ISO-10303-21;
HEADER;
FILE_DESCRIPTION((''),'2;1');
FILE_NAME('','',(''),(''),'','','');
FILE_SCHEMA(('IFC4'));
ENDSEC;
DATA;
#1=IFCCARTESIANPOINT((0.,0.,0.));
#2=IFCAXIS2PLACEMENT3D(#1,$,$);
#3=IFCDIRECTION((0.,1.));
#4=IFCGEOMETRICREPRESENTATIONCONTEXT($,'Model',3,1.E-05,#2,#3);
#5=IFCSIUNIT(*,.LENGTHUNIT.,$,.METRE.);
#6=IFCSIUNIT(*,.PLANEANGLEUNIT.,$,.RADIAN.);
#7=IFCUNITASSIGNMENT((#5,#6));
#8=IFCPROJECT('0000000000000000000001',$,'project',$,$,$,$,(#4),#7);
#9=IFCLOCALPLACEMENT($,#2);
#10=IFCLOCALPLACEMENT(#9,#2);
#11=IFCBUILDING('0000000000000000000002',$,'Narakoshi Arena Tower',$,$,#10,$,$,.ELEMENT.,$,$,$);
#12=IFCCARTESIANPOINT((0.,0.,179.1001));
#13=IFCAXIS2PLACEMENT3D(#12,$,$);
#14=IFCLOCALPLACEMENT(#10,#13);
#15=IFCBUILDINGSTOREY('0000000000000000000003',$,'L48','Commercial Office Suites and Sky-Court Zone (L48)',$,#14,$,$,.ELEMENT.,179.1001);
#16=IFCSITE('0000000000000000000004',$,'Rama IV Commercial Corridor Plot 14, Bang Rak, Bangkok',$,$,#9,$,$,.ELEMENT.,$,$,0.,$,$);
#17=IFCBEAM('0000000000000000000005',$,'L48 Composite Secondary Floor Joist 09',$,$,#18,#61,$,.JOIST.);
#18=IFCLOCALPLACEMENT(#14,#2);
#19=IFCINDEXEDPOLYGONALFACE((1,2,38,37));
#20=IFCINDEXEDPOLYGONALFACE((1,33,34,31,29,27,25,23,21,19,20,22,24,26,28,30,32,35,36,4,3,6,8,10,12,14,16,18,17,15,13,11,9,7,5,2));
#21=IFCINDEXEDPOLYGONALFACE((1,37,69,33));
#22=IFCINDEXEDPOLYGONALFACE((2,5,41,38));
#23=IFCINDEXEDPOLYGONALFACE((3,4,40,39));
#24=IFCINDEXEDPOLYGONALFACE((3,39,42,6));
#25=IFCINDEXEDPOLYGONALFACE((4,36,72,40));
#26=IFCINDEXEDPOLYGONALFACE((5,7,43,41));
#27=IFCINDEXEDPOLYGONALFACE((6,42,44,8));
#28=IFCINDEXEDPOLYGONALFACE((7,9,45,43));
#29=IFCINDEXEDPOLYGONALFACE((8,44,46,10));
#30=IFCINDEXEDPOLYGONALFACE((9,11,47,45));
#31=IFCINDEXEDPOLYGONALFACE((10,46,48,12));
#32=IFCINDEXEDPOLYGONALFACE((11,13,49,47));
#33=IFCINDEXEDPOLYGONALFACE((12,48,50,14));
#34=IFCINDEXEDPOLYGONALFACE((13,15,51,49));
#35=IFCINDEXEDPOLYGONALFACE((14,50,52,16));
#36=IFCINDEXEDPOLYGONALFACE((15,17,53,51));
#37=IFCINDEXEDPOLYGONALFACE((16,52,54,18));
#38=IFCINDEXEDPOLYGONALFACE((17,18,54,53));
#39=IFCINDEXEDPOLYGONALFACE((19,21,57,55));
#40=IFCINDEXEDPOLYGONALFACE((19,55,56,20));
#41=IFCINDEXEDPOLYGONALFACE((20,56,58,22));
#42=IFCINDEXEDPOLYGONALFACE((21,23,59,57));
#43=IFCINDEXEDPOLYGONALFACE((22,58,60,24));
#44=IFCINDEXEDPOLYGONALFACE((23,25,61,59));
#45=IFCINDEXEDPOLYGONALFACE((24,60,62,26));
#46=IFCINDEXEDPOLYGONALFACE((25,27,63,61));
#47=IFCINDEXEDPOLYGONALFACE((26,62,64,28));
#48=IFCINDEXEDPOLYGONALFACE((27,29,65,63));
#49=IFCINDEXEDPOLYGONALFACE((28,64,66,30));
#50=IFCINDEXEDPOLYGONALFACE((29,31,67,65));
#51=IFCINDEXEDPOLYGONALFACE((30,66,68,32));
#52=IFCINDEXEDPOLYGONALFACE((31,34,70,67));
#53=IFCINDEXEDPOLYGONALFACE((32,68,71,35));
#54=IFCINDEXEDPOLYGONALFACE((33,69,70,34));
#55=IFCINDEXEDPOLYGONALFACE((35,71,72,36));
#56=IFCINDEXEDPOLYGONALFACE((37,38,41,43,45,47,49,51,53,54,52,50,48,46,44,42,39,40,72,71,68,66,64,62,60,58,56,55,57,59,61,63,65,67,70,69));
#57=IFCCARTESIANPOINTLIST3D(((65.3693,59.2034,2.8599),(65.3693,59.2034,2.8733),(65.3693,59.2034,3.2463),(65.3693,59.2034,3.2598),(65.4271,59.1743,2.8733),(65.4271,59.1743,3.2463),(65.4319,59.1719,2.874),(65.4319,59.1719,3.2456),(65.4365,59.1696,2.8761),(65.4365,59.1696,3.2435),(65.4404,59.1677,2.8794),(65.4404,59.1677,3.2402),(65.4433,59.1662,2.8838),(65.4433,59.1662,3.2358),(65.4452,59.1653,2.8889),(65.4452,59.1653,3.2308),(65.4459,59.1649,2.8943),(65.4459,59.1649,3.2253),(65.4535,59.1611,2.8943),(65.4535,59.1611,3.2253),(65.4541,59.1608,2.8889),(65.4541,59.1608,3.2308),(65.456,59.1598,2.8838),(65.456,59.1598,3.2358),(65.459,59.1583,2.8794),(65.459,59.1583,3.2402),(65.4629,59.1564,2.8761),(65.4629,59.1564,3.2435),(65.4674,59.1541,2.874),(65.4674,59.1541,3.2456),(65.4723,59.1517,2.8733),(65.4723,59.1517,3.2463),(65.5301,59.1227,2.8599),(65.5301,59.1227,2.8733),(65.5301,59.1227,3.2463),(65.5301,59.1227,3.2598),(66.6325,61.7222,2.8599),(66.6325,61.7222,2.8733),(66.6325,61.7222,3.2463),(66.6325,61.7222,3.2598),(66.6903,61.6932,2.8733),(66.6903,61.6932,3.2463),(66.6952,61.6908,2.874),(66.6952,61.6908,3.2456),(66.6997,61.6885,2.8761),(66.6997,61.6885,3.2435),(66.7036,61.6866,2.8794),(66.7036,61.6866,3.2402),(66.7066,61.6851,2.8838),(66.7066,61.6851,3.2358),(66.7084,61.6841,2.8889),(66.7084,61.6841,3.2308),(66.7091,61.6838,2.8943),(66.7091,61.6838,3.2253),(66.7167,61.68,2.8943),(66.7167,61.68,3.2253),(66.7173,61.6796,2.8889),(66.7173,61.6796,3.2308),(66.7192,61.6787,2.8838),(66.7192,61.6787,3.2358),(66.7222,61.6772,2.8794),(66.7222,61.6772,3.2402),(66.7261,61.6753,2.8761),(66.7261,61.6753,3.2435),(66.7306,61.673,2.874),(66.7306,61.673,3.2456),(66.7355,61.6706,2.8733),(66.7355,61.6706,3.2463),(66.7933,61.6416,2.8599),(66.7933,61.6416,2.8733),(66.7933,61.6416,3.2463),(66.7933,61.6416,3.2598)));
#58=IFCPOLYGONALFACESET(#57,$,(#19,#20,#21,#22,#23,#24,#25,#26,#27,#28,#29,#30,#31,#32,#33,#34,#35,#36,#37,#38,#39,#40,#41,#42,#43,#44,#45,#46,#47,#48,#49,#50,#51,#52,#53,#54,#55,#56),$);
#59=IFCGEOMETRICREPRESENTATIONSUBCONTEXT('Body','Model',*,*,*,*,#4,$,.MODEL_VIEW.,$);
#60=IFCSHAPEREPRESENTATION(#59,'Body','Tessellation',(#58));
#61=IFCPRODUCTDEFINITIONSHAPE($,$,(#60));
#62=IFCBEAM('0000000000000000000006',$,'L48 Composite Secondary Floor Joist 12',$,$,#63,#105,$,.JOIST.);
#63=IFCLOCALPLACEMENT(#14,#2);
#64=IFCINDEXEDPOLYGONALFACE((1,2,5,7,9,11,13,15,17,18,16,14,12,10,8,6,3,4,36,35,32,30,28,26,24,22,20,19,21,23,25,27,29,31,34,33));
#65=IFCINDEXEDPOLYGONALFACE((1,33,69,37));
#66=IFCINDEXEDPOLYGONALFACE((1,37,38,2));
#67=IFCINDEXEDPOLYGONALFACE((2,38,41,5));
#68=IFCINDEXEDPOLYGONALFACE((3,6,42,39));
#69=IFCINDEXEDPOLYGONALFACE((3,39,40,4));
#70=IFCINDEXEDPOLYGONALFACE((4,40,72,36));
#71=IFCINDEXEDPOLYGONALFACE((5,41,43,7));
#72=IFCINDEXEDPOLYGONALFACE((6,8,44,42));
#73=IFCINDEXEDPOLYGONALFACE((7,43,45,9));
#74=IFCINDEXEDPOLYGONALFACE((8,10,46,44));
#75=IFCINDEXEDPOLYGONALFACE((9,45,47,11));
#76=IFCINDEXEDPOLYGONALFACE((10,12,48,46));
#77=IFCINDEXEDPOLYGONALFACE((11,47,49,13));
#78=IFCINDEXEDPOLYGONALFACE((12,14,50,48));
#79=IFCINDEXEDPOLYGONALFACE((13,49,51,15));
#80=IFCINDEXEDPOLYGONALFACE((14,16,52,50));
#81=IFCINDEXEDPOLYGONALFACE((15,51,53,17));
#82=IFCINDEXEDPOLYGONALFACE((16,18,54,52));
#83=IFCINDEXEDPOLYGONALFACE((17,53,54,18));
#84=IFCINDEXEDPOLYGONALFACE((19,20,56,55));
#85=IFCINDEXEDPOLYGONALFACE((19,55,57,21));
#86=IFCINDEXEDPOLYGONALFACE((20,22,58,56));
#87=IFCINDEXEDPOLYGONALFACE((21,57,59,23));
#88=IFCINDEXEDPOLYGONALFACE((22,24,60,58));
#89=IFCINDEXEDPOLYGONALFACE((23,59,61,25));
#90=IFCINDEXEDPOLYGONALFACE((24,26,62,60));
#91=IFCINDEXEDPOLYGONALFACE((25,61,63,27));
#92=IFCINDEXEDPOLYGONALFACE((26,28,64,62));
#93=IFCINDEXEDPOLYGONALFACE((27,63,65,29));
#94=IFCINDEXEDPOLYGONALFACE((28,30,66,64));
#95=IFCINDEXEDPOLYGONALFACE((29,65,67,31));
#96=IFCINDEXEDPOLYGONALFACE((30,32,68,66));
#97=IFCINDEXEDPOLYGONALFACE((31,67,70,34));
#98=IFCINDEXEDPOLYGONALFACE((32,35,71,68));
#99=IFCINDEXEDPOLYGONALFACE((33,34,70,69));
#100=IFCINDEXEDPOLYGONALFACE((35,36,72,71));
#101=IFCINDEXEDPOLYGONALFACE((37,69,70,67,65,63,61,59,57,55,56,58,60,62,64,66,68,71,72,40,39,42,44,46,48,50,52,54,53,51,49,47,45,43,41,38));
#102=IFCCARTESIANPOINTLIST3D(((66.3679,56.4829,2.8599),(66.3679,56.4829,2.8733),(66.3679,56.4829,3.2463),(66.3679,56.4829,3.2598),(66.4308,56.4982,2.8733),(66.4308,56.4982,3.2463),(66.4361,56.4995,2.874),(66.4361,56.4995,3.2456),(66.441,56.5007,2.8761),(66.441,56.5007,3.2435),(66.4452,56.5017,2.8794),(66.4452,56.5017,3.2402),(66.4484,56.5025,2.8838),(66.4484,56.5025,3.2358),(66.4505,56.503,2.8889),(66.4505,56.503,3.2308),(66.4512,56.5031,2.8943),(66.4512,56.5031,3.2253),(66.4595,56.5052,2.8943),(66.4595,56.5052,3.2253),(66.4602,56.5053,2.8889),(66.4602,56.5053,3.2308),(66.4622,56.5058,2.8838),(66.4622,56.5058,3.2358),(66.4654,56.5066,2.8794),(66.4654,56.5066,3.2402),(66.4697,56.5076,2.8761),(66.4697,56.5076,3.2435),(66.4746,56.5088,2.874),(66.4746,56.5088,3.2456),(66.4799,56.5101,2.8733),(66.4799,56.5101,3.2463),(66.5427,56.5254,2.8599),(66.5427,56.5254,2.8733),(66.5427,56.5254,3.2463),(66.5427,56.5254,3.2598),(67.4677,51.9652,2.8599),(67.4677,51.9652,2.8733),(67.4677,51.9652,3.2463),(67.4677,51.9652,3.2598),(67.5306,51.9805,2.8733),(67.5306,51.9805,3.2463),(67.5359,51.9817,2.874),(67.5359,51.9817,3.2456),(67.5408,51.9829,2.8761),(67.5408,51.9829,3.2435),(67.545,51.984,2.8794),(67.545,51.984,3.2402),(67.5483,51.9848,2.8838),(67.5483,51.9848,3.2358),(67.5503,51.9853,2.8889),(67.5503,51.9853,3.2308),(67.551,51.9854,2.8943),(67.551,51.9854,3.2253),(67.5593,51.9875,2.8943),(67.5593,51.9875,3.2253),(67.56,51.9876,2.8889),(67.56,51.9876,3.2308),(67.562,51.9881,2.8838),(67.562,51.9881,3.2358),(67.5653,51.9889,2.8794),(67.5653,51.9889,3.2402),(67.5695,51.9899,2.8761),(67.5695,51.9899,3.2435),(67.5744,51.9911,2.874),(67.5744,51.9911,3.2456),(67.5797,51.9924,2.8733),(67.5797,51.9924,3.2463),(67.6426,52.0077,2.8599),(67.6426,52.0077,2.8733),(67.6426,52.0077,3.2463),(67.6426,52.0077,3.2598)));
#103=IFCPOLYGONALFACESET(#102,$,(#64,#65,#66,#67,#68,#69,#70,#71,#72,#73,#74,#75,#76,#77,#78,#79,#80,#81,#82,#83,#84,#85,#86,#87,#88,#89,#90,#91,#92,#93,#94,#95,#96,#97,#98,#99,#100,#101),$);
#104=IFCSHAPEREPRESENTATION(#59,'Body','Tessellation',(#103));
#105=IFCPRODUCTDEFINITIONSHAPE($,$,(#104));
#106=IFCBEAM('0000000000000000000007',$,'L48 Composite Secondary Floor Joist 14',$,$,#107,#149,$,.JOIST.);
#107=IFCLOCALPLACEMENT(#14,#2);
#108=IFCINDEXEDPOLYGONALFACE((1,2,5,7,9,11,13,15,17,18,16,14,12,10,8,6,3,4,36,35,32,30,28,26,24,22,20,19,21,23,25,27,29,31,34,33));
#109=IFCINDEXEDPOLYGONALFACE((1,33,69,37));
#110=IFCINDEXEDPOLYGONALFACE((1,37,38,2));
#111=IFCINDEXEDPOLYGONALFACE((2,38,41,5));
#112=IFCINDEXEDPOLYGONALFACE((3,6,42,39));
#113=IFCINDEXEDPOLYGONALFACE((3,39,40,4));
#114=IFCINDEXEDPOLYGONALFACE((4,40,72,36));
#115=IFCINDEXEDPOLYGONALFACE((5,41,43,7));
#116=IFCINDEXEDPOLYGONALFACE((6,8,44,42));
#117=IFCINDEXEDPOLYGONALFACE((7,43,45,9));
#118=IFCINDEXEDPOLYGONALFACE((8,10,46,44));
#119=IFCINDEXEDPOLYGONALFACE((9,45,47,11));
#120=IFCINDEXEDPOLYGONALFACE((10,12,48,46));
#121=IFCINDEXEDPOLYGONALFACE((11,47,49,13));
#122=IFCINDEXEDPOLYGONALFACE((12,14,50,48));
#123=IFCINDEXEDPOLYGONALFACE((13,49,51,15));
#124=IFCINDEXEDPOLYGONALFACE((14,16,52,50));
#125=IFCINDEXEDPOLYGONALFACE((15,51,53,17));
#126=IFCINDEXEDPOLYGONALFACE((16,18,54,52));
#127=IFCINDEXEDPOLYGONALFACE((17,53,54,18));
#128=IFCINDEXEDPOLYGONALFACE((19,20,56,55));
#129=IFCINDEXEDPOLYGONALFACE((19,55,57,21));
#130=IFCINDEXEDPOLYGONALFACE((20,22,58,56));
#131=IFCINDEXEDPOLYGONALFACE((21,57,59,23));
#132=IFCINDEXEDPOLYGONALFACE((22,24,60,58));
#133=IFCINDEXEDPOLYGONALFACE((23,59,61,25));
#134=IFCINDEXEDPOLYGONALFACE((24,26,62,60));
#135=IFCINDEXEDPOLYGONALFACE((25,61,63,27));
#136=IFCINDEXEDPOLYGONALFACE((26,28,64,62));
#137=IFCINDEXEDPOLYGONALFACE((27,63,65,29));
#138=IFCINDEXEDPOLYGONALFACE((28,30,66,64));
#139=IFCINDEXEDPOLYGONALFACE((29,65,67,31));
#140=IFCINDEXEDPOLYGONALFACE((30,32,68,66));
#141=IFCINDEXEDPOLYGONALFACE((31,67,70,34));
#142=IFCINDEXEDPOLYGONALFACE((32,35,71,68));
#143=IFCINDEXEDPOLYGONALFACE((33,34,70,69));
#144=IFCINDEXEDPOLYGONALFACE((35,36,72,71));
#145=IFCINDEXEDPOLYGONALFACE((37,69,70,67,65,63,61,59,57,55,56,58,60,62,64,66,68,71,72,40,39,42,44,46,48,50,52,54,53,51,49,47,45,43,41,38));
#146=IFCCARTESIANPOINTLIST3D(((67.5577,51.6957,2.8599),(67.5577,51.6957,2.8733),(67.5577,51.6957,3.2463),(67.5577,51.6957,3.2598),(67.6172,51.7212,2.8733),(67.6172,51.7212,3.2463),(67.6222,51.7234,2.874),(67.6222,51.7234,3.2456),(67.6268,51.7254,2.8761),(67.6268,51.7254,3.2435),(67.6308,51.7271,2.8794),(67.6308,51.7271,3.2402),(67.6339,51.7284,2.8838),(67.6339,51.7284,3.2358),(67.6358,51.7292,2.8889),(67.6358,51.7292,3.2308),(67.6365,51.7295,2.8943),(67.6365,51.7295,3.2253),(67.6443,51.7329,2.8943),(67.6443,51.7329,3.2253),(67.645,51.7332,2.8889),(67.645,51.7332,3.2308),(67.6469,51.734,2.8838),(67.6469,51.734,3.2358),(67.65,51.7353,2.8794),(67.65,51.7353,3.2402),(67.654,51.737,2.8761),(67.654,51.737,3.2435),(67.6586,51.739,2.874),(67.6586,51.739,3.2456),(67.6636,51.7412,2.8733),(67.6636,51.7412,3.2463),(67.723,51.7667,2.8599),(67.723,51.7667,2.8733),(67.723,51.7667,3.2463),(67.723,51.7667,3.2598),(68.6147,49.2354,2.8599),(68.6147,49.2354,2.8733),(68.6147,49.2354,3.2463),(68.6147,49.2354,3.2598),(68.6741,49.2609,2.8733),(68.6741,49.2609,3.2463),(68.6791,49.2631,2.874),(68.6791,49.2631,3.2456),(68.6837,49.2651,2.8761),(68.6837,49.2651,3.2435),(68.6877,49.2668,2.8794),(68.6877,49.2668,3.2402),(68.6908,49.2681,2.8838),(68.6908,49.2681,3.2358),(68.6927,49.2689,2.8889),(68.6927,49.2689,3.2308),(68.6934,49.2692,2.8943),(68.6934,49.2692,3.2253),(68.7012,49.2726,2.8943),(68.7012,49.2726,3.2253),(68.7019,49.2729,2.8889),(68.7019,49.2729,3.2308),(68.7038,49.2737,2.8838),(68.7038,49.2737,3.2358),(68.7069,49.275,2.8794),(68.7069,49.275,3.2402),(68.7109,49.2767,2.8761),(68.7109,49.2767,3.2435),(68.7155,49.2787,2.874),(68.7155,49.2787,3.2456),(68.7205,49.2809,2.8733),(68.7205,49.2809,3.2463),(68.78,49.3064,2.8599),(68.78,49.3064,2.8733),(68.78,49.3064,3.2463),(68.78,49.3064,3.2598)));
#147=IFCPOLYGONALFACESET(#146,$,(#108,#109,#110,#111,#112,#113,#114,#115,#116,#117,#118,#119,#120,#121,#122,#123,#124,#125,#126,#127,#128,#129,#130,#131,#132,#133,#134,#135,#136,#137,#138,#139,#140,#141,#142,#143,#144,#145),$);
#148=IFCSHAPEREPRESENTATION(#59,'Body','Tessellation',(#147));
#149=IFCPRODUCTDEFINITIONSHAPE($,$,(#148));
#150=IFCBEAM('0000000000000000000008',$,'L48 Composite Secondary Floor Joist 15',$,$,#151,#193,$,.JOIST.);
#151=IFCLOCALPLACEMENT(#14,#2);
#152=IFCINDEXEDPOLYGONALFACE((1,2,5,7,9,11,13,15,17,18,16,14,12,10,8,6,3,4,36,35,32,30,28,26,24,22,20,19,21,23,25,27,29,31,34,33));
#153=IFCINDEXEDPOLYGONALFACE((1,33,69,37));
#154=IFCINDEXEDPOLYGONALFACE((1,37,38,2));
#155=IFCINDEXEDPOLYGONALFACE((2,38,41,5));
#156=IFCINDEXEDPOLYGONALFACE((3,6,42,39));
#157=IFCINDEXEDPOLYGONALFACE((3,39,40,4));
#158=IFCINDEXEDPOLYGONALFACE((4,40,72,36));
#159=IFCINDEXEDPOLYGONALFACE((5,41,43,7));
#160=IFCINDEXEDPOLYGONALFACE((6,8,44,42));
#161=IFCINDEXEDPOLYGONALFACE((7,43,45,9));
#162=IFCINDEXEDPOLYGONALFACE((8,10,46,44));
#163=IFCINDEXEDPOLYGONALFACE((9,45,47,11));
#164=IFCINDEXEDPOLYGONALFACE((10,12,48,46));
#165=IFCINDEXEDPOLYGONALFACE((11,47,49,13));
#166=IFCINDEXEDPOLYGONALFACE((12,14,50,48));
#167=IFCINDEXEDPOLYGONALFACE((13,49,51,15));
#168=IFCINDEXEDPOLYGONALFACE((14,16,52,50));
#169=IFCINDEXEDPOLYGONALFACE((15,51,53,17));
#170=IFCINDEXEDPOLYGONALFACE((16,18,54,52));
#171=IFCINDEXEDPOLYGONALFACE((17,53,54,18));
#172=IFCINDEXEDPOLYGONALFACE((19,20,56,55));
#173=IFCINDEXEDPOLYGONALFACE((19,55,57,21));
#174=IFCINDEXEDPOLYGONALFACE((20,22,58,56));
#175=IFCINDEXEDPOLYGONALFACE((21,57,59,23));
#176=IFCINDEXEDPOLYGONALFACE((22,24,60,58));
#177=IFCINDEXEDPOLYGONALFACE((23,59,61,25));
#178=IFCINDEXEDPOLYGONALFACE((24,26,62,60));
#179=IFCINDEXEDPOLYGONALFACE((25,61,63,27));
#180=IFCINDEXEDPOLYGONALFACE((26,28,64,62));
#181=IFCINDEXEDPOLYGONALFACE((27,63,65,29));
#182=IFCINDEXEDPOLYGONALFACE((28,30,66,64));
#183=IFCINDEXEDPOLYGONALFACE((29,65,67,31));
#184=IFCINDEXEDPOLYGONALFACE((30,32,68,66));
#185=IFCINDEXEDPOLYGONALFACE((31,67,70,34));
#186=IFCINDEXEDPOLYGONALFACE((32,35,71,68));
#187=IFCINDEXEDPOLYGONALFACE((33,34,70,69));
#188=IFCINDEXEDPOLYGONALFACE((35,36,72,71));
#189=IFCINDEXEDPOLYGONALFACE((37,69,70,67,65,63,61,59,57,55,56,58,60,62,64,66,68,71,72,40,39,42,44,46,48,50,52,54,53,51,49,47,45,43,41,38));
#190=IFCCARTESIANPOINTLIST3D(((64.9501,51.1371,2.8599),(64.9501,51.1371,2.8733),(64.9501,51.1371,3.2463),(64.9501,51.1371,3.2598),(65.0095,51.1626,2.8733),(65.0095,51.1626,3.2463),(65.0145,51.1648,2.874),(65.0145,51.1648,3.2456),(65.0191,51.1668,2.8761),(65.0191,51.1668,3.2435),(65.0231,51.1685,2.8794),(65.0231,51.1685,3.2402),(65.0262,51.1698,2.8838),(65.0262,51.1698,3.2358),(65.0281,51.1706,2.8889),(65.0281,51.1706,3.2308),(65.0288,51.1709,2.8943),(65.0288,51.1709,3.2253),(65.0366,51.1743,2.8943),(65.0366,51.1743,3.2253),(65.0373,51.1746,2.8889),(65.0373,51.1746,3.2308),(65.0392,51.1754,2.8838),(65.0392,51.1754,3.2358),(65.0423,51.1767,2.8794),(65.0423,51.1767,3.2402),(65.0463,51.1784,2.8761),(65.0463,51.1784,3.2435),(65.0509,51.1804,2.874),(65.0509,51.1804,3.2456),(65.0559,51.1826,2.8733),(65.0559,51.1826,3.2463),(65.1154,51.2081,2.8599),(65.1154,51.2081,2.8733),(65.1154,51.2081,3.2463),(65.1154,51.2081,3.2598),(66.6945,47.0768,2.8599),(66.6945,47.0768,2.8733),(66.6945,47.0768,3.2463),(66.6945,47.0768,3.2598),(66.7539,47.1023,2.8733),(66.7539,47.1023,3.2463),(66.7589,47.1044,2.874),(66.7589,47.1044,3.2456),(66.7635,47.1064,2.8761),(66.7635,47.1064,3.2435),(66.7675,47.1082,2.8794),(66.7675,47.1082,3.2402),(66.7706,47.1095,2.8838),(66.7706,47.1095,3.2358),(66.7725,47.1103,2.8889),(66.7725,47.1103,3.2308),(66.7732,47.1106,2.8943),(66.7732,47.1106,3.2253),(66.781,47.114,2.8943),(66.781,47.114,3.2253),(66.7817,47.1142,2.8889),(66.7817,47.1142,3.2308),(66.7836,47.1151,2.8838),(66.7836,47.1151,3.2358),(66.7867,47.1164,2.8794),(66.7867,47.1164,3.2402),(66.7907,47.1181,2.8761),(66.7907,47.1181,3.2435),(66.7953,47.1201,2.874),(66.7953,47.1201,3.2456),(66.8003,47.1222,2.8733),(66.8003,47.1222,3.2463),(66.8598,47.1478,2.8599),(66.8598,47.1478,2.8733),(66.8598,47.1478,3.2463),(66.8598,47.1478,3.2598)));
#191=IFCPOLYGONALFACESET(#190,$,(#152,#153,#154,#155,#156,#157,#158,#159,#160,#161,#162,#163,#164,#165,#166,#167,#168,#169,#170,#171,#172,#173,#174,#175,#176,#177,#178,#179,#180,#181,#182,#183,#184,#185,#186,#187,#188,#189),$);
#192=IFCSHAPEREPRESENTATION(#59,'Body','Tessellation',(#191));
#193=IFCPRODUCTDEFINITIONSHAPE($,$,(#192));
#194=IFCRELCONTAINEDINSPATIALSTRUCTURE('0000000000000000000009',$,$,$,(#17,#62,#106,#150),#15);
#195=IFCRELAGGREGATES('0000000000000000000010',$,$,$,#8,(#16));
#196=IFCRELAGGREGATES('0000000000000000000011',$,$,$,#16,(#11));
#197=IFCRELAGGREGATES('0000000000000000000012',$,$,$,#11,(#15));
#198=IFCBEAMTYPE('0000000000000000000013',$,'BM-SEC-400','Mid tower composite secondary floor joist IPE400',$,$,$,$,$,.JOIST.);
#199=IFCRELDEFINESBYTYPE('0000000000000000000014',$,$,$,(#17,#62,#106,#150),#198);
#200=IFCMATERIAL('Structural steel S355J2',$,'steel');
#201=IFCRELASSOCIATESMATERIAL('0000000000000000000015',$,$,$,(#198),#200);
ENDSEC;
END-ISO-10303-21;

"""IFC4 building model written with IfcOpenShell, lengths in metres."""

from ifc_helpers import new_model, si_unit, direction, frame, origin, origin_2d, place, context, subcontext, project, spatial, i_section, extrude, material, material_profile, profile_set, type_object, element, save


model = new_model("IFC4")

# Units and contexts
model_context = context("Model", 3, precision=1e-05, world=origin(), true_north=direction((0.0, 1.0)))
body_context = subcontext(model_context, "Body", "Model", "MODEL_VIEW")
ifc_project = project(units=[si_unit("LENGTHUNIT", "METRE"), si_unit("PLANEANGLEUNIT", "RADIAN")], contexts=[model_context])

# Site, building, storey
site_placement = place(None, origin())
site = spatial("IfcSite", under=ifc_project, at=site_placement, Name="Rama IV Commercial Corridor Plot 14, Bang Rak, Bangkok", CompositionType="ELEMENT", RefElevation=0.0)
building_placement = place(site_placement, origin())
building = spatial("IfcBuilding", under=site, at=building_placement, Name="Narakoshi Arena Tower", CompositionType="ELEMENT")
storey_placement = place(building_placement, frame((0.0, 0.0, 179.1001)))
storey = spatial("IfcBuildingStorey", under=building, at=storey_placement, Name="L48", Description="Commercial Office Suites and Sky-Court Zone (L48)", CompositionType="ELEMENT", Elevation=179.1001)

# Beams
ifc_material_1 = material(Name="Structural steel S355J2", Category="steel")
ifc_material_profile_1 = material_profile(ifc_material_1, i_section(OverallWidth=0.1799, OverallDepth=0.3999, WebThickness=0.0085, FlangeThickness=0.0134, FilletRadius=0.021, at=origin_2d()), Name="IPE400")
ifc_profile_set_1 = profile_set([ifc_material_profile_1], Name="Structural steel S355J2")
beam_type_1 = type_object("IfcBeamType", Name="BM-SEC-400", Description="Mid tower composite secondary floor joist IPE400", PredefinedType="JOIST", material=ifc_profile_set_1)
beam_1_placement = place(storey_placement, frame((66.7129, 61.6819, 3.0598), z_axis=(-0.448288, -0.893889, 0.0), x_axis=(0.893889, -0.448288, 0.0)))
element("IfcBeam", 1, at=beam_1_placement, inside=storey, type_object=beam_type_1, Name="L48 Composite Secondary Floor Joist 09", PredefinedType="JOIST", context=body_context, shape_type="SweptSolid", body=[
    extrude(i_section(OverallWidth=0.1799, OverallDepth=0.3999, WebThickness=0.0085, FlangeThickness=0.0134, FilletRadius=0.021, at=origin_2d()), origin(), (0.0, 0.0, 1.0), 2.8179),
])
beam_2_placement = place(storey_placement, frame((66.4553, 56.5042, 3.0598), z_axis=(0.236539, -0.971622, 0.0), x_axis=(0.971622, 0.236539, 0.0)))
element("IfcBeam", 2, at=beam_2_placement, inside=storey, type_object=beam_type_1, Name="L48 Composite Secondary Floor Joist 12", PredefinedType="JOIST", context=body_context, shape_type="SweptSolid", body=[
    extrude(i_section(OverallWidth=0.1799, OverallDepth=0.3999, WebThickness=0.0085, FlangeThickness=0.0134, FilletRadius=0.021, at=origin_2d()), origin(), (0.0, 0.0, 1.0), 4.6497),
])
beam_3_placement = place(storey_placement, frame((67.6404, 51.7312, 3.0598), z_axis=(0.394711, -0.918805, 0.0), x_axis=(0.918805, 0.394711, 0.0)))
element("IfcBeam", 3, at=beam_3_placement, inside=storey, type_object=beam_type_1, Name="L48 Composite Secondary Floor Joist 14", PredefinedType="JOIST", context=body_context, shape_type="SweptSolid", body=[
    extrude(i_section(OverallWidth=0.1799, OverallDepth=0.3999, WebThickness=0.0085, FlangeThickness=0.0134, FilletRadius=0.021, at=origin_2d()), origin(), (0.0, 0.0, 1.0), 2.6777),
])
beam_4_placement = place(storey_placement, frame((65.0327, 51.1726, 3.0598), z_axis=(0.394733, -0.918796, 0.0), x_axis=(0.918796, 0.394733, 0.0)))
element("IfcBeam", 4, at=beam_4_placement, inside=storey, type_object=beam_type_1, Name="L48 Composite Secondary Floor Joist 15", PredefinedType="JOIST", context=body_context, shape_type="SweptSolid", body=[
    extrude(i_section(OverallWidth=0.1799, OverallDepth=0.3999, WebThickness=0.0085, FlangeThickness=0.0134, FilletRadius=0.021, at=origin_2d()), origin(), (0.0, 0.0, 1.0), 4.4192),
])

save(model, "model.ifc")
